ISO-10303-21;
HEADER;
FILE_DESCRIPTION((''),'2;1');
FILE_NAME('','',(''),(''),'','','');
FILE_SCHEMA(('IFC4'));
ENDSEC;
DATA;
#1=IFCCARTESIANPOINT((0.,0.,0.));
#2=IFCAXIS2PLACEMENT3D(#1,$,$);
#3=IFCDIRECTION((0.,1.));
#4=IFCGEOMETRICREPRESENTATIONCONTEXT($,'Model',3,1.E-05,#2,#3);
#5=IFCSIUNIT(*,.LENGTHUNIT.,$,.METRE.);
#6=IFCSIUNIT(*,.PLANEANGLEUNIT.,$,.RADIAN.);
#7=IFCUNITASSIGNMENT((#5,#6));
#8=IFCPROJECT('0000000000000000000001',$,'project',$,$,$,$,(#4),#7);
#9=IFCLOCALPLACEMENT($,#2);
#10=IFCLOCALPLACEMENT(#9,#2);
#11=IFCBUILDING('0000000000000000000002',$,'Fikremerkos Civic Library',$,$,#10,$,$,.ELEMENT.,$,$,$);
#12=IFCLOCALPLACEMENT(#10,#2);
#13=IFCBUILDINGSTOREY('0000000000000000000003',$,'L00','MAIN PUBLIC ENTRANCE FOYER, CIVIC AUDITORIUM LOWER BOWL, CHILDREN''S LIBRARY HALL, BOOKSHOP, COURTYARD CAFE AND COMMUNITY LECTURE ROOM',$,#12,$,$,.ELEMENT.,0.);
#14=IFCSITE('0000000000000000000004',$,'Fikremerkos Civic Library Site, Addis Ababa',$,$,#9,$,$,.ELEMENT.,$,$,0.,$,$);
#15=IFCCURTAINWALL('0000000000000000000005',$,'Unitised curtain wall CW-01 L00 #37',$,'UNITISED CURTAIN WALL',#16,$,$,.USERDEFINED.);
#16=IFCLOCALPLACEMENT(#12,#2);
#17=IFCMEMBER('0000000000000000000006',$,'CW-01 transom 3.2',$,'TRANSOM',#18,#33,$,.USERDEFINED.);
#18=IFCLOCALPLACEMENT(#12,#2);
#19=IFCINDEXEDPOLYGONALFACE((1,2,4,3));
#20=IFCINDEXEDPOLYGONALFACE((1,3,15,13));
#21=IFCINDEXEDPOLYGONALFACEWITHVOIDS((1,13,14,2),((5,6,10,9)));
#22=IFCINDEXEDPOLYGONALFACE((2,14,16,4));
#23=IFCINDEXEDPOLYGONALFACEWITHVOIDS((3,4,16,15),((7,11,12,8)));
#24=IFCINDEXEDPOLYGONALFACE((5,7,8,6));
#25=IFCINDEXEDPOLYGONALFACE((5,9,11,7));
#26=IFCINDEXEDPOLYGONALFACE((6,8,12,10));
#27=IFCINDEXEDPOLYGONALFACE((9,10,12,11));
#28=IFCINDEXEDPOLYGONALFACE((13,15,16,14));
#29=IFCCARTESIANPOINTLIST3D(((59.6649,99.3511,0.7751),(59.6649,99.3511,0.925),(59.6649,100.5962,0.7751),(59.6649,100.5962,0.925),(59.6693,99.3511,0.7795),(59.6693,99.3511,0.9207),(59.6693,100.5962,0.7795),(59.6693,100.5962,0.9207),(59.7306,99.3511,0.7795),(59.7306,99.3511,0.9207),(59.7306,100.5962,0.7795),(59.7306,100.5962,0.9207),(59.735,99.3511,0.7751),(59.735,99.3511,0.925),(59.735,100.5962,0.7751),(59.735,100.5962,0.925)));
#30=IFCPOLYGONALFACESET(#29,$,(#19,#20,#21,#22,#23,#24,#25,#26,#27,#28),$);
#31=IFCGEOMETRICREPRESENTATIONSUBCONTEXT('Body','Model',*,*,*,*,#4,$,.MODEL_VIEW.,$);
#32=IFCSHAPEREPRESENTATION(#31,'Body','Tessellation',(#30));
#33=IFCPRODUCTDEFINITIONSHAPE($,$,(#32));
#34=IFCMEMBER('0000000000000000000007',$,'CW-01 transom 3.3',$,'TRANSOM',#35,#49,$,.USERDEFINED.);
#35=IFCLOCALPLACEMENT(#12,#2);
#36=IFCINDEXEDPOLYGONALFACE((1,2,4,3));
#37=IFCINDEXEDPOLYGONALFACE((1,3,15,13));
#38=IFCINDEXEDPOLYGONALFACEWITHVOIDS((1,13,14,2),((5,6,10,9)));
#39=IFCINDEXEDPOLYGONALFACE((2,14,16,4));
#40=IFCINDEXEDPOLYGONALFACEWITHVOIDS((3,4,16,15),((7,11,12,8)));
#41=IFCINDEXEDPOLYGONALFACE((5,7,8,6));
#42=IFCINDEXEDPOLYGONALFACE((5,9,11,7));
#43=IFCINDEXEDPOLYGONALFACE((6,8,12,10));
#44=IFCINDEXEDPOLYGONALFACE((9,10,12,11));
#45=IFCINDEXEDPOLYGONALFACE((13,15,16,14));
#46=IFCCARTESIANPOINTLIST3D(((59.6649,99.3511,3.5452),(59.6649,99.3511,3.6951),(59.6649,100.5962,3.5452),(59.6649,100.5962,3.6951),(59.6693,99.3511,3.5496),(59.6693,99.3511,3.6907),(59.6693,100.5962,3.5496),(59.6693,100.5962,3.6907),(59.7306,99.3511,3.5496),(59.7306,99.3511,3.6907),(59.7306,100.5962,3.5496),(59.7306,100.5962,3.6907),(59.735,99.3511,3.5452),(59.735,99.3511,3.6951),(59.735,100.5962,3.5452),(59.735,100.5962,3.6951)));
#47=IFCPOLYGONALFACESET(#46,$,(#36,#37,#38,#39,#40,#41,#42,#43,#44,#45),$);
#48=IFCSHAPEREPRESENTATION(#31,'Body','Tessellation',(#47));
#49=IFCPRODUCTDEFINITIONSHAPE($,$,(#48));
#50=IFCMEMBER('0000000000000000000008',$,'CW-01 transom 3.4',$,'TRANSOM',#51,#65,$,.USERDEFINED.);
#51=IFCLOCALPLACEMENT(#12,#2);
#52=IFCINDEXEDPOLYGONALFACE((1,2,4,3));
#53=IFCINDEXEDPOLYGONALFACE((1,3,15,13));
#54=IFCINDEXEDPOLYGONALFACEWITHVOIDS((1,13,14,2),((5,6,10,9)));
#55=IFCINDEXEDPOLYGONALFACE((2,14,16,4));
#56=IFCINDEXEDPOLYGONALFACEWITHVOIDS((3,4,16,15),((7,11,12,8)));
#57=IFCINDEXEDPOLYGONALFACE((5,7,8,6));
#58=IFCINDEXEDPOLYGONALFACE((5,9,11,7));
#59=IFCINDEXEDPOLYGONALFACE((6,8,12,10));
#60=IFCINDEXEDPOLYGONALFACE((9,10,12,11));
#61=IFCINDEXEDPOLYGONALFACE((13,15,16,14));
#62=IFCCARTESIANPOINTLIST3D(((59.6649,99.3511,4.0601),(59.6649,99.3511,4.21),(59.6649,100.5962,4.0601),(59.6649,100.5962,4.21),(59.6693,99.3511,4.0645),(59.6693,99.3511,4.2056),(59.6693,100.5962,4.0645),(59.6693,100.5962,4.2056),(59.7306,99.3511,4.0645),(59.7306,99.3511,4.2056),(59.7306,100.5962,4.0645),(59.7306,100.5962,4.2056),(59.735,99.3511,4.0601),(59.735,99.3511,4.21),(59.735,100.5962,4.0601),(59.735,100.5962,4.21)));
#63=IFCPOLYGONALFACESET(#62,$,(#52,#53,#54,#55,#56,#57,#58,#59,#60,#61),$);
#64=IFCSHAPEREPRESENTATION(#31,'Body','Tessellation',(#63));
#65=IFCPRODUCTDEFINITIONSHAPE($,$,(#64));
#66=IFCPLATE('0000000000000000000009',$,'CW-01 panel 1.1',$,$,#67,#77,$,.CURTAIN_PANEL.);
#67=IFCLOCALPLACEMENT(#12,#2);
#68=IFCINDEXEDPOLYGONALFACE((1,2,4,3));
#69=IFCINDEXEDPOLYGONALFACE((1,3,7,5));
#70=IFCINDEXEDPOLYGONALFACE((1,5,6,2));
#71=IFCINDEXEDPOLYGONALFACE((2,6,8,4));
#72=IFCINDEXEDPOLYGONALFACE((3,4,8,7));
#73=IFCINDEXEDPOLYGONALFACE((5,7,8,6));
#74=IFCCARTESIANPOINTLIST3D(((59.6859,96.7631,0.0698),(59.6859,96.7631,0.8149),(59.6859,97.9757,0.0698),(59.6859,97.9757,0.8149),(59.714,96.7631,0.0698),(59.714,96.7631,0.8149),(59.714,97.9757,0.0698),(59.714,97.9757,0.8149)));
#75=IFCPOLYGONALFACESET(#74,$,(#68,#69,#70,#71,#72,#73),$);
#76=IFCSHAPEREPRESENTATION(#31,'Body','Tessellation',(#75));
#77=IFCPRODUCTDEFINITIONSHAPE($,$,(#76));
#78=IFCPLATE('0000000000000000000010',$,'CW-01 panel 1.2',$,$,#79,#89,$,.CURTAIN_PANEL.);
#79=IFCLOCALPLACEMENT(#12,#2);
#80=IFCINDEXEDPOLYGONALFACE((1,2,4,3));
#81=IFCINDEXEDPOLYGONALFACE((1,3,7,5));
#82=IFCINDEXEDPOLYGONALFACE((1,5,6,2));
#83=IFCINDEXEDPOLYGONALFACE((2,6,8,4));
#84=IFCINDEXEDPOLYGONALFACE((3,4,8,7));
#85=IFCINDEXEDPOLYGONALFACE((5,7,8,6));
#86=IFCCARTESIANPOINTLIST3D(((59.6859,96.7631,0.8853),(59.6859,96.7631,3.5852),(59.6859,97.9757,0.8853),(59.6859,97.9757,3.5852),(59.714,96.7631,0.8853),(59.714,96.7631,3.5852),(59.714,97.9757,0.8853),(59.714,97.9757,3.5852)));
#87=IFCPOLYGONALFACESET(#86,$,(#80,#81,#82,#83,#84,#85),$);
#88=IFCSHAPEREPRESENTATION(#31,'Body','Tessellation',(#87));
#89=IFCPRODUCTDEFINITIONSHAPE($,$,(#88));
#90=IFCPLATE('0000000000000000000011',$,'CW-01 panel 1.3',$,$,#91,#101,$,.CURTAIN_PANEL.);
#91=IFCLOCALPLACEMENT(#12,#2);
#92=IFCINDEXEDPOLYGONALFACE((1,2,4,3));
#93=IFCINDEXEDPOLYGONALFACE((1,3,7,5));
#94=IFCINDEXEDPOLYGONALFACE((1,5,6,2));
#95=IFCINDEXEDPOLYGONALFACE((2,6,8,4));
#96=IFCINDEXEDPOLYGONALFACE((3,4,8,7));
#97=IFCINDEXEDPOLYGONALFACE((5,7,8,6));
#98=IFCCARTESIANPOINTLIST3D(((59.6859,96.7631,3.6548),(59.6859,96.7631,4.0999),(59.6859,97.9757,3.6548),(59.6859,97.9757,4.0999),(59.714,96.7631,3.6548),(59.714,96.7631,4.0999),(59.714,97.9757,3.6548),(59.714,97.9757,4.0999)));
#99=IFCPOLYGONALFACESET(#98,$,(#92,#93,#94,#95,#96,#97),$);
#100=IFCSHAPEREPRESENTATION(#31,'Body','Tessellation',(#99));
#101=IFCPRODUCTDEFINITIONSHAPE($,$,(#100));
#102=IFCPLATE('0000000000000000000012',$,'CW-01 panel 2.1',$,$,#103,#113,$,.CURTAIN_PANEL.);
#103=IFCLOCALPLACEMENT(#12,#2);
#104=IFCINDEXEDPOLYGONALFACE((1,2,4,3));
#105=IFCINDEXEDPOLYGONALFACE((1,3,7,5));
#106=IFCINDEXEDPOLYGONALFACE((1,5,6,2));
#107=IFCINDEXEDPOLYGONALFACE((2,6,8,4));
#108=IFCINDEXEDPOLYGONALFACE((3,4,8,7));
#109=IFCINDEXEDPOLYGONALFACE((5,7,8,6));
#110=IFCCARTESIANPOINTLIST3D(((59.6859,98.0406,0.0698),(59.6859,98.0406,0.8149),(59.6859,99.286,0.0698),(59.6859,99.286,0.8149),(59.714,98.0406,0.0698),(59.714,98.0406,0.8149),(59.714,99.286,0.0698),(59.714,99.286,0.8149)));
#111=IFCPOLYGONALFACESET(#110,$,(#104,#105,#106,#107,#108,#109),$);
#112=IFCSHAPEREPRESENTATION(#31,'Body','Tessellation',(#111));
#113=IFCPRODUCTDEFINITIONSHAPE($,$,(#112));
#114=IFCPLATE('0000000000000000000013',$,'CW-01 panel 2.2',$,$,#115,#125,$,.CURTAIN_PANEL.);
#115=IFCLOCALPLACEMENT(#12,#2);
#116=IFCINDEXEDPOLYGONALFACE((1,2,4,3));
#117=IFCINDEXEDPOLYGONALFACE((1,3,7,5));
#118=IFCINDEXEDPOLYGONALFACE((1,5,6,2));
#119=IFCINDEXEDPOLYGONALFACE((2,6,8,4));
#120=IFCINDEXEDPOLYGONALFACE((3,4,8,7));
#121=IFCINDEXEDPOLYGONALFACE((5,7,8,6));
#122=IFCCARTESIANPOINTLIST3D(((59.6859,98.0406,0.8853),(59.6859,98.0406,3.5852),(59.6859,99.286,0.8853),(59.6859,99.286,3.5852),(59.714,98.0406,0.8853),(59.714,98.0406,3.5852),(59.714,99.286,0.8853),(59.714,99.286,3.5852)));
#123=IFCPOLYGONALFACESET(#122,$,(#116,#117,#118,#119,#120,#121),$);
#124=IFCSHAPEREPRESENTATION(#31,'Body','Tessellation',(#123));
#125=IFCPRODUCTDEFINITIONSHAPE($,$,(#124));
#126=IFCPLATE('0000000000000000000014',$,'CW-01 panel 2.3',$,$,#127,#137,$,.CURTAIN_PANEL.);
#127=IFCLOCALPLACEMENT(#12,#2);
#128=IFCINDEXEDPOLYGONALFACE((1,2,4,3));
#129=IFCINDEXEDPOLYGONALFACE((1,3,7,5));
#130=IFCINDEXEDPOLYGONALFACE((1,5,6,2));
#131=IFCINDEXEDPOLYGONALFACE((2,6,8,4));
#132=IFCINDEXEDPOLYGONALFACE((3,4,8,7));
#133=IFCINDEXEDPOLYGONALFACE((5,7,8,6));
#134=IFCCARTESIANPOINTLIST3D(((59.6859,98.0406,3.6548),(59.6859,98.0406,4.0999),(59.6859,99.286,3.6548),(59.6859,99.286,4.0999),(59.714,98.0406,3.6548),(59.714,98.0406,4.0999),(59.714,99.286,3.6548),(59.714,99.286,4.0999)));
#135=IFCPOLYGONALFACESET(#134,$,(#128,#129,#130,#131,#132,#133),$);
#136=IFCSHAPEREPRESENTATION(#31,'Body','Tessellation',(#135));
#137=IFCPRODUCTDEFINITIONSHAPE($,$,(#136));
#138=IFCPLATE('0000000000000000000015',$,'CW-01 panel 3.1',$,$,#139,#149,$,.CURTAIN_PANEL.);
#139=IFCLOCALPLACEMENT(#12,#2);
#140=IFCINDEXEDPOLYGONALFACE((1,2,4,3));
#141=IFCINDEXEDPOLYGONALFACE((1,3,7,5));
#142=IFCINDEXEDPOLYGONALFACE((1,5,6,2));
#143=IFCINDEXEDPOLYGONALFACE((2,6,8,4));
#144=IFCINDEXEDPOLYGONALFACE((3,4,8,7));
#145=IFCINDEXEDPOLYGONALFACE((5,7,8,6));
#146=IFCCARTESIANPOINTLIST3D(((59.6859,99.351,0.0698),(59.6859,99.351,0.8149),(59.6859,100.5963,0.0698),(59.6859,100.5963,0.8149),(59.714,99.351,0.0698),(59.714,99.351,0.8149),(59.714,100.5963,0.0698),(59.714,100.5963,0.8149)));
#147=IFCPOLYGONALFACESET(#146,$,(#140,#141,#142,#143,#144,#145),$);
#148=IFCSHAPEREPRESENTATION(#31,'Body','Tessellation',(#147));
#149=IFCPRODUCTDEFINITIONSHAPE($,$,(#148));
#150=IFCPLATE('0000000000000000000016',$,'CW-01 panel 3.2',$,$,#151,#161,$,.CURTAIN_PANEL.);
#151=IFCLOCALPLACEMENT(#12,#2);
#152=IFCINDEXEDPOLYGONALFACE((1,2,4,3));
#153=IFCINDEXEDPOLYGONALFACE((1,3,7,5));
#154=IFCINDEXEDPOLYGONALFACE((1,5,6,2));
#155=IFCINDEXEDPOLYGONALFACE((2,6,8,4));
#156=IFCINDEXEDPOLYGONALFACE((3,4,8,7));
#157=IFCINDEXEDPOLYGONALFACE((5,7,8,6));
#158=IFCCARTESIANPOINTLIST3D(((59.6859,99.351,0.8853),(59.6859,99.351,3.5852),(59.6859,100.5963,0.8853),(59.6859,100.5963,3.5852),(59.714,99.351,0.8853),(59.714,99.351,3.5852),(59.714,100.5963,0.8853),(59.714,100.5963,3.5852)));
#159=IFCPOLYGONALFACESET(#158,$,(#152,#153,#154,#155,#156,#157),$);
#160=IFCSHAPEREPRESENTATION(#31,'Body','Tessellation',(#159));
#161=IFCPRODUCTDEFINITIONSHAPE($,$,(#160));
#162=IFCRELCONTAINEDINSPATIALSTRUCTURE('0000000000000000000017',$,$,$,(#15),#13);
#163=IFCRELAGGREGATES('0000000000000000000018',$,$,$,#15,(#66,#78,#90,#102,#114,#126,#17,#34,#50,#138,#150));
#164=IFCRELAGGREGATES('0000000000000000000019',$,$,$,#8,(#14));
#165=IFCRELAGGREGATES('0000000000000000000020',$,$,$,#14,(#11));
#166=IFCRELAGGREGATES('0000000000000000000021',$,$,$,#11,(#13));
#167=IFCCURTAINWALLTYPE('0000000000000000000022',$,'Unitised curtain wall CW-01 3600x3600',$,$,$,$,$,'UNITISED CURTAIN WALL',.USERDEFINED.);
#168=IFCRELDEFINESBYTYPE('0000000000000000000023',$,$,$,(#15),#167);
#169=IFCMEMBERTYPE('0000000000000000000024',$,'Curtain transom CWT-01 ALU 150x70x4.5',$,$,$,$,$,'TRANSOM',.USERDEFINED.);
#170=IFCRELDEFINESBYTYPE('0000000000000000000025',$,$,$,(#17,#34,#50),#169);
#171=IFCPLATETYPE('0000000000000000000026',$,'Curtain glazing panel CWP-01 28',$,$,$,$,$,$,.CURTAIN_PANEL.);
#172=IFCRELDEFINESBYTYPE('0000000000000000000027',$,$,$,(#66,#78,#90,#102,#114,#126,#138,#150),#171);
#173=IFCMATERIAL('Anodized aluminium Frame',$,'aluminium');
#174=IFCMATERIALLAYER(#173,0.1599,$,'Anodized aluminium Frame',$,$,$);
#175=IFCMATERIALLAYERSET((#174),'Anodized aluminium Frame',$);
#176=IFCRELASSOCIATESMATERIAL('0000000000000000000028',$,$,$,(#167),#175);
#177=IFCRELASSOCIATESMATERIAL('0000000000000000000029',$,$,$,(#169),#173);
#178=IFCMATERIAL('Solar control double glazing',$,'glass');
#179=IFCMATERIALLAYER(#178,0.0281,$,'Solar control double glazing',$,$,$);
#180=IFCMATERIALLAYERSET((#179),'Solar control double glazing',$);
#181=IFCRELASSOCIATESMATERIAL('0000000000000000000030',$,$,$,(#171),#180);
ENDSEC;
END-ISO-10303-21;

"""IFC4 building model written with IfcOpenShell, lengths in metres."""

from ifc_helpers import new_model, si_unit, direction, frame, origin, origin_2d, place, context, subcontext, project, spatial, rectangle, hollow_rectangle, extrude, material, layer, layer_set, material_profile, profile_set, type_object, element, aggregate, save


model = new_model("IFC4")

# Units and contexts
model_context = context("Model", 3, precision=1e-05, world=origin(), true_north=direction((0.0, 1.0)))
body_context = subcontext(model_context, "Body", "Model", "MODEL_VIEW")
ifc_project = project(units=[si_unit("LENGTHUNIT", "METRE"), si_unit("PLANEANGLEUNIT", "RADIAN")], contexts=[model_context])

# Site, building, storey
site_placement = place(None, origin())
site = spatial("IfcSite", under=ifc_project, at=site_placement, Name="Fikremerkos Civic Library Site, Addis Ababa", CompositionType="ELEMENT", RefElevation=0.0)
building_placement = place(site_placement, origin())
building = spatial("IfcBuilding", under=site, at=building_placement, Name="Fikremerkos Civic Library", CompositionType="ELEMENT")
storey_placement = place(building_placement, origin())
storey = spatial("IfcBuildingStorey", under=building, at=storey_placement, Name="L00", Description="MAIN PUBLIC ENTRANCE FOYER, CIVIC AUDITORIUM LOWER BOWL, CHILDREN'S LIBRARY HALL, BOOKSHOP, COURTYARD CAFE AND COMMUNITY LECTURE ROOM", CompositionType="ELEMENT", Elevation=0.0)

# Curtain wall, members, plates
ifc_material_1 = material(Name="Anodized aluminium Frame", Category="aluminium")
ifc_layer_1 = layer(ifc_material_1, 0.1599, Name="Anodized aluminium Frame")
ifc_layer_set_1 = layer_set([ifc_layer_1], Name="Anodized aluminium Frame")
curtain_wall_type = type_object("IfcCurtainWallType", Name="Unitised curtain wall CW-01 3600x3600", ElementType="UNITISED CURTAIN WALL", PredefinedType="USERDEFINED", material=ifc_layer_set_1)
curtain_wall_placement = place(storey_placement, origin())
curtain_wall = element("IfcCurtainWall", 1, at=curtain_wall_placement, inside=storey, type_object=curtain_wall_type, Name="Unitised curtain wall CW-01 L00 #37", ObjectType="UNITISED CURTAIN WALL", PredefinedType="USERDEFINED")
ifc_material_profile_1 = material_profile(ifc_material_1, hollow_rectangle(XDim=0.0701, YDim=0.1499, WallThickness=0.0044, at=origin_2d()), Name="ALU 150x70x4.5")
ifc_profile_set_1 = profile_set([ifc_material_profile_1], Name="Anodized aluminium Frame")
member_type_1 = type_object("IfcMemberType", Name="Curtain transom CWT-01 ALU 150x70x4.5", ElementType="TRANSOM", PredefinedType="USERDEFINED", material=ifc_profile_set_1)
member_1_placement = place(storey_placement, frame((59.7, 99.3511, 0.8501), z_axis=(0.0, 1.0, 0.0), x_axis=(-1.0, 0.0, 0.0)))
member_1 = element("IfcMember", 2, at=member_1_placement, type_object=member_type_1, Name="CW-01 transom 3.2", ObjectType="TRANSOM", PredefinedType="USERDEFINED", context=body_context, shape_type="SweptSolid", body=[
    extrude(hollow_rectangle(XDim=0.0701, YDim=0.1499, WallThickness=0.0044, at=origin_2d()), origin(), (0.0, 0.0, 1.0), 1.2451),
])
member_2_placement = place(storey_placement, frame((59.7, 99.3511, 3.6201), z_axis=(0.0, 1.0, 0.0), x_axis=(-1.0, 0.0, 0.0)))
member_2 = element("IfcMember", 3, at=member_2_placement, type_object=member_type_1, Name="CW-01 transom 3.3", ObjectType="TRANSOM", PredefinedType="USERDEFINED", context=body_context, shape_type="SweptSolid", body=[
    extrude(hollow_rectangle(XDim=0.0701, YDim=0.1499, WallThickness=0.0044, at=origin_2d()), origin(), (0.0, 0.0, 1.0), 1.2451),
])
member_3_placement = place(storey_placement, frame((59.7, 99.3511, 4.135), z_axis=(0.0, 1.0, 0.0), x_axis=(-1.0, 0.0, 0.0)))
member_3 = element("IfcMember", 4, at=member_3_placement, type_object=member_type_1, Name="CW-01 transom 3.4", ObjectType="TRANSOM", PredefinedType="USERDEFINED", context=body_context, shape_type="SweptSolid", body=[
    extrude(hollow_rectangle(XDim=0.0701, YDim=0.1499, WallThickness=0.0044, at=origin_2d()), origin(), (0.0, 0.0, 1.0), 1.2451),
])
ifc_material_2 = material(Name="Solar control double glazing", Category="glass")
ifc_layer_2 = layer(ifc_material_2, 0.0281, Name="Solar control double glazing")
ifc_layer_set_2 = layer_set([ifc_layer_2], Name="Solar control double glazing")
plate_type = type_object("IfcPlateType", Name="Curtain glazing panel CWP-01 28", PredefinedType="CURTAIN_PANEL", material=ifc_layer_set_2)
plate_1_placement = place(storey_placement, frame((59.7, 97.3694, 0.0698), z_axis=(0.0, 0.0, 1.0), x_axis=(0.0, 1.0, 0.0)))
plate_1 = element("IfcPlate", 5, at=plate_1_placement, type_object=plate_type, Name="CW-01 panel 1.1", PredefinedType="CURTAIN_PANEL", context=body_context, shape_type="SweptSolid", body=[
    extrude(rectangle(XDim=1.2126, YDim=0.0281, at=origin_2d()), origin(), (0.0, 0.0, 1.0), 0.7451),
])
plate_2_placement = place(storey_placement, frame((59.7, 97.3694, 0.8853), z_axis=(0.0, 0.0, 1.0), x_axis=(0.0, 1.0, 0.0)))
plate_2 = element("IfcPlate", 6, at=plate_2_placement, type_object=plate_type, Name="CW-01 panel 1.2", PredefinedType="CURTAIN_PANEL", context=body_context, shape_type="SweptSolid", body=[
    extrude(rectangle(XDim=1.2126, YDim=0.0281, at=origin_2d()), origin(), (0.0, 0.0, 1.0), 2.7),
])
plate_3_placement = place(storey_placement, frame((59.7, 97.3694, 3.6548), z_axis=(0.0, 0.0, 1.0), x_axis=(0.0, 1.0, 0.0)))
plate_3 = element("IfcPlate", 7, at=plate_3_placement, type_object=plate_type, Name="CW-01 panel 1.3", PredefinedType="CURTAIN_PANEL", context=body_context, shape_type="SweptSolid", body=[
    extrude(rectangle(XDim=1.2126, YDim=0.0281, at=origin_2d()), origin(), (0.0, 0.0, 1.0), 0.4451),
])
plate_4_placement = place(storey_placement, frame((59.7, 98.6633, 0.0698), z_axis=(0.0, 0.0, 1.0), x_axis=(0.0, 1.0, 0.0)))
plate_4 = element("IfcPlate", 8, at=plate_4_placement, type_object=plate_type, Name="CW-01 panel 2.1", PredefinedType="CURTAIN_PANEL", context=body_context, shape_type="SweptSolid", body=[
    extrude(rectangle(XDim=1.2454, YDim=0.0281, at=origin_2d()), origin(), (0.0, 0.0, 1.0), 0.7451),
])
plate_5_placement = place(storey_placement, frame((59.7, 98.6633, 0.8853), z_axis=(0.0, 0.0, 1.0), x_axis=(0.0, 1.0, 0.0)))
plate_5 = element("IfcPlate", 9, at=plate_5_placement, type_object=plate_type, Name="CW-01 panel 2.2", PredefinedType="CURTAIN_PANEL", context=body_context, shape_type="SweptSolid", body=[
    extrude(rectangle(XDim=1.2454, YDim=0.0281, at=origin_2d()), origin(), (0.0, 0.0, 1.0), 2.7),
])
plate_6_placement = place(storey_placement, frame((59.7, 98.6633, 3.6548), z_axis=(0.0, 0.0, 1.0), x_axis=(0.0, 1.0, 0.0)))
plate_6 = element("IfcPlate", 10, at=plate_6_placement, type_object=plate_type, Name="CW-01 panel 2.3", PredefinedType="CURTAIN_PANEL", context=body_context, shape_type="SweptSolid", body=[
    extrude(rectangle(XDim=1.2454, YDim=0.0281, at=origin_2d()), origin(), (0.0, 0.0, 1.0), 0.4451),
])
plate_7_placement = place(storey_placement, frame((59.7, 99.9736, 0.0698), z_axis=(0.0, 0.0, 1.0), x_axis=(0.0, 1.0, 0.0)))
plate_7 = element("IfcPlate", 11, at=plate_7_placement, type_object=plate_type, Name="CW-01 panel 3.1", PredefinedType="CURTAIN_PANEL", context=body_context, shape_type="SweptSolid", body=[
    extrude(rectangle(XDim=1.2454, YDim=0.0281, at=origin_2d()), origin(), (0.0, 0.0, 1.0), 0.7451),
])
plate_8_placement = place(storey_placement, frame((59.7, 99.9736, 0.8853), z_axis=(0.0, 0.0, 1.0), x_axis=(0.0, 1.0, 0.0)))
plate_8 = element("IfcPlate", 12, at=plate_8_placement, type_object=plate_type, Name="CW-01 panel 3.2", PredefinedType="CURTAIN_PANEL", context=body_context, shape_type="SweptSolid", body=[
    extrude(rectangle(XDim=1.2454, YDim=0.0281, at=origin_2d()), origin(), (0.0, 0.0, 1.0), 2.7),
])
aggregate(curtain_wall, [plate_1, plate_2, plate_3, plate_4, plate_5, plate_6, member_1, member_2, member_3, plate_7, plate_8])

save(model, "model.ifc")
